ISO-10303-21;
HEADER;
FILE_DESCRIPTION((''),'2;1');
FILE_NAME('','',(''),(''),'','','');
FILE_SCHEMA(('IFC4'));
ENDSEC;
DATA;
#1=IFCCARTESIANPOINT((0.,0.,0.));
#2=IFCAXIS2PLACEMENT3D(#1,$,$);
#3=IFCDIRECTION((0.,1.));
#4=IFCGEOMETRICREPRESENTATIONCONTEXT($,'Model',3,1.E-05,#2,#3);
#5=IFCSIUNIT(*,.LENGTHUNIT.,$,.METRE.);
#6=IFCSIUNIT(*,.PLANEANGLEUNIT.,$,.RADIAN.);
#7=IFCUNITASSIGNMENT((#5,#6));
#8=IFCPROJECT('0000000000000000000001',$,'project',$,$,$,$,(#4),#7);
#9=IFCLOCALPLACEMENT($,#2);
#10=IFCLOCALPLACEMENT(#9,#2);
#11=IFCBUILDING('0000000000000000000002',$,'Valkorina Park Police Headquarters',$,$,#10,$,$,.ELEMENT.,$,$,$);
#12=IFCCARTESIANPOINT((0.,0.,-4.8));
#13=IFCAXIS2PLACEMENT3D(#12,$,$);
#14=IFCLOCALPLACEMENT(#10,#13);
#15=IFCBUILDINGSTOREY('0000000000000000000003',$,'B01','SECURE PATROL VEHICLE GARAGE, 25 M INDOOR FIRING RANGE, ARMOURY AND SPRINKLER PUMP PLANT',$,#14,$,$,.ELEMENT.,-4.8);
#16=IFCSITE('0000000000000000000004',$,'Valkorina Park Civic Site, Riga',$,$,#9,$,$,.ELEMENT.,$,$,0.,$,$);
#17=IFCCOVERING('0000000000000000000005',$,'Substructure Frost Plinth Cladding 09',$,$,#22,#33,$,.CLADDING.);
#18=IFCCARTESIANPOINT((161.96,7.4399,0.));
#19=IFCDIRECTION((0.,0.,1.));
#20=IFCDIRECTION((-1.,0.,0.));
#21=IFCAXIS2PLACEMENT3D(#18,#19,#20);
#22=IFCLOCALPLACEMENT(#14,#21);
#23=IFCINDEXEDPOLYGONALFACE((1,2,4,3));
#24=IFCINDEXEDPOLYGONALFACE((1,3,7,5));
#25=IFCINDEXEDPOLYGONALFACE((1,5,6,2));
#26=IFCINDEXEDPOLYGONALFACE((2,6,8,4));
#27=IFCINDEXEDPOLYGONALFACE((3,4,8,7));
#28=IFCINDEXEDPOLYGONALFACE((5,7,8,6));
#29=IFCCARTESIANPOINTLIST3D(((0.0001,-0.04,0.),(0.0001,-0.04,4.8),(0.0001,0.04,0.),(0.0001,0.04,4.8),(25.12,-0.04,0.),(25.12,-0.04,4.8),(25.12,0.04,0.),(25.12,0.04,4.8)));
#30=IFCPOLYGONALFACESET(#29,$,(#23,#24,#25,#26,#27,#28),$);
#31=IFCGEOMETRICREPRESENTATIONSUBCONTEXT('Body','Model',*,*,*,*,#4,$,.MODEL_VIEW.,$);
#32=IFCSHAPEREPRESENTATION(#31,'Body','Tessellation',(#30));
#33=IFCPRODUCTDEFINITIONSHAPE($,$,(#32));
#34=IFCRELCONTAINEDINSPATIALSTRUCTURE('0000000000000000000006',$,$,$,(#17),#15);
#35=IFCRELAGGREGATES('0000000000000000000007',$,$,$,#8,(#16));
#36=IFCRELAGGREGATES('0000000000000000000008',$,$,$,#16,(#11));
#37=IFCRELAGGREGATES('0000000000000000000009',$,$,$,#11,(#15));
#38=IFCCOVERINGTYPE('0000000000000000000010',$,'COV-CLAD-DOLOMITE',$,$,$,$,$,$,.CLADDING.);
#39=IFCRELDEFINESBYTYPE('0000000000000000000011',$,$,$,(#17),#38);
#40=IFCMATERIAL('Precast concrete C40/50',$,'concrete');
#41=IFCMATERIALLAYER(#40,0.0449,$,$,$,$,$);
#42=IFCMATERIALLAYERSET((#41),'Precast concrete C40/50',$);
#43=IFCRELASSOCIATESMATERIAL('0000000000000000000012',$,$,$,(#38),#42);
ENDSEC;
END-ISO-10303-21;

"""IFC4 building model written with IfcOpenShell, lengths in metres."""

from ifc_helpers import new_model, si_unit, direction, frame, frame_2d, origin, place, context, subcontext, project, spatial, rectangle, extrude, material, layer, layer_set, type_object, element, save


model = new_model("IFC4")

# Units and contexts
model_context = context("Model", 3, precision=1e-05, world=origin(), true_north=direction((0.0, 1.0)))
body_context = subcontext(model_context, "Body", "Model", "MODEL_VIEW")
ifc_project = project(units=[si_unit("LENGTHUNIT", "METRE"), si_unit("PLANEANGLEUNIT", "RADIAN")], contexts=[model_context])

# Site, building, storey
site_placement = place(None, origin())
site = spatial("IfcSite", under=ifc_project, at=site_placement, Name="Valkorina Park Civic Site, Riga", CompositionType="ELEMENT", RefElevation=0.0)
building_placement = place(site_placement, origin())
building = spatial("IfcBuilding", under=site, at=building_placement, Name="Valkorina Park Police Headquarters", CompositionType="ELEMENT")
storey_placement = place(building_placement, frame((0.0, 0.0, -4.8)))
storey = spatial("IfcBuildingStorey", under=building, at=storey_placement, Name="B01", Description="SECURE PATROL VEHICLE GARAGE, 25 M INDOOR FIRING RANGE, ARMOURY AND SPRINKLER PUMP PLANT", CompositionType="ELEMENT", Elevation=-4.8)

# Covering
ifc_material_1 = material(Name="Precast concrete C40/50", Category="concrete")
ifc_layer = layer(ifc_material_1, 0.0449)
ifc_layer_set = layer_set([ifc_layer], Name="Precast concrete C40/50")
covering_type = type_object("IfcCoveringType", Name="COV-CLAD-DOLOMITE", PredefinedType="CLADDING", material=ifc_layer_set)
covering_placement = place(storey_placement, frame((161.96, 7.4399, 0.0), z_axis=(0.0, 0.0, 1.0), x_axis=(-1.0, 0.0, 0.0)))
element("IfcCovering", 1, at=covering_placement, inside=storey, type_object=covering_type, Name="Substructure Frost Plinth Cladding 09", PredefinedType="CLADDING", context=body_context, shape_type="SweptSolid", body=[
    extrude(rectangle(XDim=25.1199, YDim=0.0801, at=frame_2d((12.5601, 0.0))), origin(), (0.0, 0.0, 1.0), 4.8),
])

save(model, "model.ifc")
